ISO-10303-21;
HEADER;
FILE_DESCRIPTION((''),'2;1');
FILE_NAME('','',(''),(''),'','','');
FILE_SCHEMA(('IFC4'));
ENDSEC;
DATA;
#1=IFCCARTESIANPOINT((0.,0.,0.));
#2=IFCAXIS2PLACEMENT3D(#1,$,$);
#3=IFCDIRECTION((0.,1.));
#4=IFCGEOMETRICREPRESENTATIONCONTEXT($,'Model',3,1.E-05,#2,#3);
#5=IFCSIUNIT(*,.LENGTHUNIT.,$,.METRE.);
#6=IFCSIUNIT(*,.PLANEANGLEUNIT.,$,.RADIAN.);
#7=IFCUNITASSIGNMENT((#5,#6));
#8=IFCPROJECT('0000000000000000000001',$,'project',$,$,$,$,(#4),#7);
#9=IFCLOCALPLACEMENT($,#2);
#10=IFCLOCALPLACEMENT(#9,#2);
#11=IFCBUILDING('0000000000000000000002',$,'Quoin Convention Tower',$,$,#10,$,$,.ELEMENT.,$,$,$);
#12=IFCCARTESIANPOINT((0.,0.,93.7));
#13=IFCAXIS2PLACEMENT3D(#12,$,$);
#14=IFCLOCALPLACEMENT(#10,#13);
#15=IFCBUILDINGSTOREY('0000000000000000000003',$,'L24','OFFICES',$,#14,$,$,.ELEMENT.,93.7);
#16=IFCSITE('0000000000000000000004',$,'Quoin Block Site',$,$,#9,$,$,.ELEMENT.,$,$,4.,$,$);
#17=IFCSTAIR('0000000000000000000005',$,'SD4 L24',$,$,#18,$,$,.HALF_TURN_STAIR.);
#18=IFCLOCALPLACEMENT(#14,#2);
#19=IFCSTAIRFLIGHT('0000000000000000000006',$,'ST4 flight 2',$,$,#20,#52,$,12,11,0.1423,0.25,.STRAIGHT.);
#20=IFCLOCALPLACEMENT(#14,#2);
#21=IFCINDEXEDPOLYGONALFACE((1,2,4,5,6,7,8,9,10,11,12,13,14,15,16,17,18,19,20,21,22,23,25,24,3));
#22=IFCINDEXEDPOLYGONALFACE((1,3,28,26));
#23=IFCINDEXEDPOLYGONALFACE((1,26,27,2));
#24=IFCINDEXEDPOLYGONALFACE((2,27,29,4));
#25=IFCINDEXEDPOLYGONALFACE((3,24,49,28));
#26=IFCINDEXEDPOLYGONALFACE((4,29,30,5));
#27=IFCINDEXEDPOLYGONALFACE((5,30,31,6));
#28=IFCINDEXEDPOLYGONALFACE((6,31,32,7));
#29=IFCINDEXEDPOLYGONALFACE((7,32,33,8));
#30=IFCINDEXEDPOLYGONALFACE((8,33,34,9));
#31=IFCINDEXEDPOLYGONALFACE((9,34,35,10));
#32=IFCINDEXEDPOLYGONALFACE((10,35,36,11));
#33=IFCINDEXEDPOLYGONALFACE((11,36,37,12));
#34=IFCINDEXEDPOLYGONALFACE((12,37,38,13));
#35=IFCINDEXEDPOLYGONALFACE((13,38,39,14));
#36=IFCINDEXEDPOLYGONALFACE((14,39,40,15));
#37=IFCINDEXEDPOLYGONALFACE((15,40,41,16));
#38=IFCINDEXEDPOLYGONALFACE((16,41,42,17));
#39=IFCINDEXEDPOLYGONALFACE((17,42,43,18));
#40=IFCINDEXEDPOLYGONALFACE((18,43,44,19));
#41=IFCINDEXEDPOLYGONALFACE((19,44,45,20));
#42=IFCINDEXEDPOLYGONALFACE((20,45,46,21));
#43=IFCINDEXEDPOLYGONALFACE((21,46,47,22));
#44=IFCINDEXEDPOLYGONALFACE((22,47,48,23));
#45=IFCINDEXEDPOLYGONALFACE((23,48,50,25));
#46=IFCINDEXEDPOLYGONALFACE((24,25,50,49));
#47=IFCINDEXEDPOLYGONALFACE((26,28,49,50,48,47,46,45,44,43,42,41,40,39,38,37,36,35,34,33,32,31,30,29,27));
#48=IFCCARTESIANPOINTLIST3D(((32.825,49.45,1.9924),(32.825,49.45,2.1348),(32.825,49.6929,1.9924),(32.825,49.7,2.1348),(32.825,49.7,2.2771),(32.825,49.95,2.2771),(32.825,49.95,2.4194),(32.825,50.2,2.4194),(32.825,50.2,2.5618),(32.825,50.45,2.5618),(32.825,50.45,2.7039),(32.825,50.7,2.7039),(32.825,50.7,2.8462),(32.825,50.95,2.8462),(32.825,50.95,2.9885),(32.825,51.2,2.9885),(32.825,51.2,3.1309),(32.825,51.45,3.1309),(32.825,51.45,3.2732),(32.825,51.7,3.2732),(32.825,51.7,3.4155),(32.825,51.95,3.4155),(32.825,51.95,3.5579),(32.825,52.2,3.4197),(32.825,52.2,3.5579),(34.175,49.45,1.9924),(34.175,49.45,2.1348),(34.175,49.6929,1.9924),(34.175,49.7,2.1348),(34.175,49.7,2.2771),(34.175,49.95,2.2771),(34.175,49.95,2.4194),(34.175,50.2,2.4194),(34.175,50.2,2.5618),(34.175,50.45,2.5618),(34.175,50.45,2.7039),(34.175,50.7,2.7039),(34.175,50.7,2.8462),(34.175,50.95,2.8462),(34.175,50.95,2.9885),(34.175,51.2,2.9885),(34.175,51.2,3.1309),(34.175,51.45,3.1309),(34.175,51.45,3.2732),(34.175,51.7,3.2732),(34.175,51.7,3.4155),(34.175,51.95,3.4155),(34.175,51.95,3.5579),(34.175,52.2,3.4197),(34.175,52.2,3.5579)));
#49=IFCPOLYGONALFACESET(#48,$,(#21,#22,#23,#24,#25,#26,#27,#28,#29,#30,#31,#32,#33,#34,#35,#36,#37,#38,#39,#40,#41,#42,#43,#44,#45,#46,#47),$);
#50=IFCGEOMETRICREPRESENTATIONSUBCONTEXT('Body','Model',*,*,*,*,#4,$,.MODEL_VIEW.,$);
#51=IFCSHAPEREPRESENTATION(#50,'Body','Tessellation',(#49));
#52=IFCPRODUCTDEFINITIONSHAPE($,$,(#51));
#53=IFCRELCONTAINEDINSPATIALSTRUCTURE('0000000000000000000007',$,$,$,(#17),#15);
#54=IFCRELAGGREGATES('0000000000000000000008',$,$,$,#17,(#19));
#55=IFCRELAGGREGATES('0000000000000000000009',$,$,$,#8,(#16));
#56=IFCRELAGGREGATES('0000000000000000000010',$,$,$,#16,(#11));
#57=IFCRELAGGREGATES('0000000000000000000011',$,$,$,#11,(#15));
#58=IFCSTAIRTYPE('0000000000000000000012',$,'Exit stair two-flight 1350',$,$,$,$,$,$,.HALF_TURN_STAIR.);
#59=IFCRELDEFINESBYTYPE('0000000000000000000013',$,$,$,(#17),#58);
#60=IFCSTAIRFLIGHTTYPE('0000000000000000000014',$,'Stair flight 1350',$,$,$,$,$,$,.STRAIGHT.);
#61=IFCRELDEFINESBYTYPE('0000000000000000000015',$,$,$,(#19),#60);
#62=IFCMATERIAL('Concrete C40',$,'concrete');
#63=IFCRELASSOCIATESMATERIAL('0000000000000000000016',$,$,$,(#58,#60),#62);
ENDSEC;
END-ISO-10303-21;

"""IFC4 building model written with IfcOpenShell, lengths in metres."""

from ifc_helpers import new_model, si_unit, direction, frame, origin, place, context, subcontext, project, spatial, polyline, outline, extrude, material, type_object, element, aggregate, save


model = new_model("IFC4")

# Units and contexts
model_context = context("Model", 3, precision=1e-05, world=origin(), true_north=direction((0.0, 1.0)))
body_context = subcontext(model_context, "Body", "Model", "MODEL_VIEW")
ifc_project = project(units=[si_unit("LENGTHUNIT", "METRE"), si_unit("PLANEANGLEUNIT", "RADIAN")], contexts=[model_context])

# Site, building, storey
site_placement = place(None, origin())
site = spatial("IfcSite", under=ifc_project, at=site_placement, Name="Quoin Block Site", CompositionType="ELEMENT", RefElevation=4.0)
building_placement = place(site_placement, origin())
building = spatial("IfcBuilding", under=site, at=building_placement, Name="Quoin Convention Tower", CompositionType="ELEMENT")
storey_placement = place(building_placement, frame((0.0, 0.0, 93.7)))
storey = spatial("IfcBuildingStorey", under=building, at=storey_placement, Name="L24", Description="OFFICES", CompositionType="ELEMENT", Elevation=93.7)

# Stair, stair flight
ifc_material_1 = material(Name="Concrete C40", Category="concrete")
stair_type = type_object("IfcStairType", Name="Exit stair two-flight 1350", PredefinedType="HALF_TURN_STAIR", material=ifc_material_1)
stair_flight_type = type_object("IfcStairFlightType", Name="Stair flight 1350", PredefinedType="STRAIGHT", material=ifc_material_1)
stair_1_placement = place(storey_placement, origin())
stair_1 = element("IfcStair", 1, at=stair_1_placement, inside=storey, type_object=stair_type, Name="SD4 L24", PredefinedType="HALF_TURN_STAIR")
stair_flight_1_placement = place(storey_placement, frame((33.5, 49.45, 1.9924), z_axis=(0.0, 0.0, 1.0), x_axis=(0.0, 1.0, 0.0)))
stair_flight_1 = element("IfcStairFlight", 2, at=stair_flight_1_placement, type_object=stair_flight_type, Name="ST4 flight 2", NumberOfRisers=12, NumberOfTreads=11, PredefinedType="STRAIGHT", RiserHeight=0.1423, TreadLength=0.25, context=body_context, shape_type="SweptSolid", body=[
    extrude(outline(polyline([(0.0, 0.0), (0.0, 0.1423), (0.25, 0.1423), (0.25, 0.2847), (0.5, 0.2847), (0.5, 0.427), (0.75, 0.427), (0.75, 0.5693), (1.0, 0.5693), (1.0, 0.7114), (1.25, 0.7114), (1.25, 0.8538), (1.5, 0.8538), (1.5, 0.9961), (1.75, 0.9961), (1.75, 1.1384), (2.0, 1.1384), (2.0, 1.2808), (2.25, 1.2808), (2.25, 1.4231), (2.5, 1.4231), (2.5, 1.5654), (2.75, 1.5654), (2.75, 1.7078), (2.75, 1.4272), (0.2429, 0.0), (0.0, 0.0)])), frame((0.0, 0.675, 0.0), z_axis=(0.0, -1.0, 0.0), x_axis=(1.0, 0.0, 0.0)), (0.0, 0.0, 1.0), 1.3501),
])
aggregate(stair_1, [stair_flight_1])

save(model, "model.ifc")
